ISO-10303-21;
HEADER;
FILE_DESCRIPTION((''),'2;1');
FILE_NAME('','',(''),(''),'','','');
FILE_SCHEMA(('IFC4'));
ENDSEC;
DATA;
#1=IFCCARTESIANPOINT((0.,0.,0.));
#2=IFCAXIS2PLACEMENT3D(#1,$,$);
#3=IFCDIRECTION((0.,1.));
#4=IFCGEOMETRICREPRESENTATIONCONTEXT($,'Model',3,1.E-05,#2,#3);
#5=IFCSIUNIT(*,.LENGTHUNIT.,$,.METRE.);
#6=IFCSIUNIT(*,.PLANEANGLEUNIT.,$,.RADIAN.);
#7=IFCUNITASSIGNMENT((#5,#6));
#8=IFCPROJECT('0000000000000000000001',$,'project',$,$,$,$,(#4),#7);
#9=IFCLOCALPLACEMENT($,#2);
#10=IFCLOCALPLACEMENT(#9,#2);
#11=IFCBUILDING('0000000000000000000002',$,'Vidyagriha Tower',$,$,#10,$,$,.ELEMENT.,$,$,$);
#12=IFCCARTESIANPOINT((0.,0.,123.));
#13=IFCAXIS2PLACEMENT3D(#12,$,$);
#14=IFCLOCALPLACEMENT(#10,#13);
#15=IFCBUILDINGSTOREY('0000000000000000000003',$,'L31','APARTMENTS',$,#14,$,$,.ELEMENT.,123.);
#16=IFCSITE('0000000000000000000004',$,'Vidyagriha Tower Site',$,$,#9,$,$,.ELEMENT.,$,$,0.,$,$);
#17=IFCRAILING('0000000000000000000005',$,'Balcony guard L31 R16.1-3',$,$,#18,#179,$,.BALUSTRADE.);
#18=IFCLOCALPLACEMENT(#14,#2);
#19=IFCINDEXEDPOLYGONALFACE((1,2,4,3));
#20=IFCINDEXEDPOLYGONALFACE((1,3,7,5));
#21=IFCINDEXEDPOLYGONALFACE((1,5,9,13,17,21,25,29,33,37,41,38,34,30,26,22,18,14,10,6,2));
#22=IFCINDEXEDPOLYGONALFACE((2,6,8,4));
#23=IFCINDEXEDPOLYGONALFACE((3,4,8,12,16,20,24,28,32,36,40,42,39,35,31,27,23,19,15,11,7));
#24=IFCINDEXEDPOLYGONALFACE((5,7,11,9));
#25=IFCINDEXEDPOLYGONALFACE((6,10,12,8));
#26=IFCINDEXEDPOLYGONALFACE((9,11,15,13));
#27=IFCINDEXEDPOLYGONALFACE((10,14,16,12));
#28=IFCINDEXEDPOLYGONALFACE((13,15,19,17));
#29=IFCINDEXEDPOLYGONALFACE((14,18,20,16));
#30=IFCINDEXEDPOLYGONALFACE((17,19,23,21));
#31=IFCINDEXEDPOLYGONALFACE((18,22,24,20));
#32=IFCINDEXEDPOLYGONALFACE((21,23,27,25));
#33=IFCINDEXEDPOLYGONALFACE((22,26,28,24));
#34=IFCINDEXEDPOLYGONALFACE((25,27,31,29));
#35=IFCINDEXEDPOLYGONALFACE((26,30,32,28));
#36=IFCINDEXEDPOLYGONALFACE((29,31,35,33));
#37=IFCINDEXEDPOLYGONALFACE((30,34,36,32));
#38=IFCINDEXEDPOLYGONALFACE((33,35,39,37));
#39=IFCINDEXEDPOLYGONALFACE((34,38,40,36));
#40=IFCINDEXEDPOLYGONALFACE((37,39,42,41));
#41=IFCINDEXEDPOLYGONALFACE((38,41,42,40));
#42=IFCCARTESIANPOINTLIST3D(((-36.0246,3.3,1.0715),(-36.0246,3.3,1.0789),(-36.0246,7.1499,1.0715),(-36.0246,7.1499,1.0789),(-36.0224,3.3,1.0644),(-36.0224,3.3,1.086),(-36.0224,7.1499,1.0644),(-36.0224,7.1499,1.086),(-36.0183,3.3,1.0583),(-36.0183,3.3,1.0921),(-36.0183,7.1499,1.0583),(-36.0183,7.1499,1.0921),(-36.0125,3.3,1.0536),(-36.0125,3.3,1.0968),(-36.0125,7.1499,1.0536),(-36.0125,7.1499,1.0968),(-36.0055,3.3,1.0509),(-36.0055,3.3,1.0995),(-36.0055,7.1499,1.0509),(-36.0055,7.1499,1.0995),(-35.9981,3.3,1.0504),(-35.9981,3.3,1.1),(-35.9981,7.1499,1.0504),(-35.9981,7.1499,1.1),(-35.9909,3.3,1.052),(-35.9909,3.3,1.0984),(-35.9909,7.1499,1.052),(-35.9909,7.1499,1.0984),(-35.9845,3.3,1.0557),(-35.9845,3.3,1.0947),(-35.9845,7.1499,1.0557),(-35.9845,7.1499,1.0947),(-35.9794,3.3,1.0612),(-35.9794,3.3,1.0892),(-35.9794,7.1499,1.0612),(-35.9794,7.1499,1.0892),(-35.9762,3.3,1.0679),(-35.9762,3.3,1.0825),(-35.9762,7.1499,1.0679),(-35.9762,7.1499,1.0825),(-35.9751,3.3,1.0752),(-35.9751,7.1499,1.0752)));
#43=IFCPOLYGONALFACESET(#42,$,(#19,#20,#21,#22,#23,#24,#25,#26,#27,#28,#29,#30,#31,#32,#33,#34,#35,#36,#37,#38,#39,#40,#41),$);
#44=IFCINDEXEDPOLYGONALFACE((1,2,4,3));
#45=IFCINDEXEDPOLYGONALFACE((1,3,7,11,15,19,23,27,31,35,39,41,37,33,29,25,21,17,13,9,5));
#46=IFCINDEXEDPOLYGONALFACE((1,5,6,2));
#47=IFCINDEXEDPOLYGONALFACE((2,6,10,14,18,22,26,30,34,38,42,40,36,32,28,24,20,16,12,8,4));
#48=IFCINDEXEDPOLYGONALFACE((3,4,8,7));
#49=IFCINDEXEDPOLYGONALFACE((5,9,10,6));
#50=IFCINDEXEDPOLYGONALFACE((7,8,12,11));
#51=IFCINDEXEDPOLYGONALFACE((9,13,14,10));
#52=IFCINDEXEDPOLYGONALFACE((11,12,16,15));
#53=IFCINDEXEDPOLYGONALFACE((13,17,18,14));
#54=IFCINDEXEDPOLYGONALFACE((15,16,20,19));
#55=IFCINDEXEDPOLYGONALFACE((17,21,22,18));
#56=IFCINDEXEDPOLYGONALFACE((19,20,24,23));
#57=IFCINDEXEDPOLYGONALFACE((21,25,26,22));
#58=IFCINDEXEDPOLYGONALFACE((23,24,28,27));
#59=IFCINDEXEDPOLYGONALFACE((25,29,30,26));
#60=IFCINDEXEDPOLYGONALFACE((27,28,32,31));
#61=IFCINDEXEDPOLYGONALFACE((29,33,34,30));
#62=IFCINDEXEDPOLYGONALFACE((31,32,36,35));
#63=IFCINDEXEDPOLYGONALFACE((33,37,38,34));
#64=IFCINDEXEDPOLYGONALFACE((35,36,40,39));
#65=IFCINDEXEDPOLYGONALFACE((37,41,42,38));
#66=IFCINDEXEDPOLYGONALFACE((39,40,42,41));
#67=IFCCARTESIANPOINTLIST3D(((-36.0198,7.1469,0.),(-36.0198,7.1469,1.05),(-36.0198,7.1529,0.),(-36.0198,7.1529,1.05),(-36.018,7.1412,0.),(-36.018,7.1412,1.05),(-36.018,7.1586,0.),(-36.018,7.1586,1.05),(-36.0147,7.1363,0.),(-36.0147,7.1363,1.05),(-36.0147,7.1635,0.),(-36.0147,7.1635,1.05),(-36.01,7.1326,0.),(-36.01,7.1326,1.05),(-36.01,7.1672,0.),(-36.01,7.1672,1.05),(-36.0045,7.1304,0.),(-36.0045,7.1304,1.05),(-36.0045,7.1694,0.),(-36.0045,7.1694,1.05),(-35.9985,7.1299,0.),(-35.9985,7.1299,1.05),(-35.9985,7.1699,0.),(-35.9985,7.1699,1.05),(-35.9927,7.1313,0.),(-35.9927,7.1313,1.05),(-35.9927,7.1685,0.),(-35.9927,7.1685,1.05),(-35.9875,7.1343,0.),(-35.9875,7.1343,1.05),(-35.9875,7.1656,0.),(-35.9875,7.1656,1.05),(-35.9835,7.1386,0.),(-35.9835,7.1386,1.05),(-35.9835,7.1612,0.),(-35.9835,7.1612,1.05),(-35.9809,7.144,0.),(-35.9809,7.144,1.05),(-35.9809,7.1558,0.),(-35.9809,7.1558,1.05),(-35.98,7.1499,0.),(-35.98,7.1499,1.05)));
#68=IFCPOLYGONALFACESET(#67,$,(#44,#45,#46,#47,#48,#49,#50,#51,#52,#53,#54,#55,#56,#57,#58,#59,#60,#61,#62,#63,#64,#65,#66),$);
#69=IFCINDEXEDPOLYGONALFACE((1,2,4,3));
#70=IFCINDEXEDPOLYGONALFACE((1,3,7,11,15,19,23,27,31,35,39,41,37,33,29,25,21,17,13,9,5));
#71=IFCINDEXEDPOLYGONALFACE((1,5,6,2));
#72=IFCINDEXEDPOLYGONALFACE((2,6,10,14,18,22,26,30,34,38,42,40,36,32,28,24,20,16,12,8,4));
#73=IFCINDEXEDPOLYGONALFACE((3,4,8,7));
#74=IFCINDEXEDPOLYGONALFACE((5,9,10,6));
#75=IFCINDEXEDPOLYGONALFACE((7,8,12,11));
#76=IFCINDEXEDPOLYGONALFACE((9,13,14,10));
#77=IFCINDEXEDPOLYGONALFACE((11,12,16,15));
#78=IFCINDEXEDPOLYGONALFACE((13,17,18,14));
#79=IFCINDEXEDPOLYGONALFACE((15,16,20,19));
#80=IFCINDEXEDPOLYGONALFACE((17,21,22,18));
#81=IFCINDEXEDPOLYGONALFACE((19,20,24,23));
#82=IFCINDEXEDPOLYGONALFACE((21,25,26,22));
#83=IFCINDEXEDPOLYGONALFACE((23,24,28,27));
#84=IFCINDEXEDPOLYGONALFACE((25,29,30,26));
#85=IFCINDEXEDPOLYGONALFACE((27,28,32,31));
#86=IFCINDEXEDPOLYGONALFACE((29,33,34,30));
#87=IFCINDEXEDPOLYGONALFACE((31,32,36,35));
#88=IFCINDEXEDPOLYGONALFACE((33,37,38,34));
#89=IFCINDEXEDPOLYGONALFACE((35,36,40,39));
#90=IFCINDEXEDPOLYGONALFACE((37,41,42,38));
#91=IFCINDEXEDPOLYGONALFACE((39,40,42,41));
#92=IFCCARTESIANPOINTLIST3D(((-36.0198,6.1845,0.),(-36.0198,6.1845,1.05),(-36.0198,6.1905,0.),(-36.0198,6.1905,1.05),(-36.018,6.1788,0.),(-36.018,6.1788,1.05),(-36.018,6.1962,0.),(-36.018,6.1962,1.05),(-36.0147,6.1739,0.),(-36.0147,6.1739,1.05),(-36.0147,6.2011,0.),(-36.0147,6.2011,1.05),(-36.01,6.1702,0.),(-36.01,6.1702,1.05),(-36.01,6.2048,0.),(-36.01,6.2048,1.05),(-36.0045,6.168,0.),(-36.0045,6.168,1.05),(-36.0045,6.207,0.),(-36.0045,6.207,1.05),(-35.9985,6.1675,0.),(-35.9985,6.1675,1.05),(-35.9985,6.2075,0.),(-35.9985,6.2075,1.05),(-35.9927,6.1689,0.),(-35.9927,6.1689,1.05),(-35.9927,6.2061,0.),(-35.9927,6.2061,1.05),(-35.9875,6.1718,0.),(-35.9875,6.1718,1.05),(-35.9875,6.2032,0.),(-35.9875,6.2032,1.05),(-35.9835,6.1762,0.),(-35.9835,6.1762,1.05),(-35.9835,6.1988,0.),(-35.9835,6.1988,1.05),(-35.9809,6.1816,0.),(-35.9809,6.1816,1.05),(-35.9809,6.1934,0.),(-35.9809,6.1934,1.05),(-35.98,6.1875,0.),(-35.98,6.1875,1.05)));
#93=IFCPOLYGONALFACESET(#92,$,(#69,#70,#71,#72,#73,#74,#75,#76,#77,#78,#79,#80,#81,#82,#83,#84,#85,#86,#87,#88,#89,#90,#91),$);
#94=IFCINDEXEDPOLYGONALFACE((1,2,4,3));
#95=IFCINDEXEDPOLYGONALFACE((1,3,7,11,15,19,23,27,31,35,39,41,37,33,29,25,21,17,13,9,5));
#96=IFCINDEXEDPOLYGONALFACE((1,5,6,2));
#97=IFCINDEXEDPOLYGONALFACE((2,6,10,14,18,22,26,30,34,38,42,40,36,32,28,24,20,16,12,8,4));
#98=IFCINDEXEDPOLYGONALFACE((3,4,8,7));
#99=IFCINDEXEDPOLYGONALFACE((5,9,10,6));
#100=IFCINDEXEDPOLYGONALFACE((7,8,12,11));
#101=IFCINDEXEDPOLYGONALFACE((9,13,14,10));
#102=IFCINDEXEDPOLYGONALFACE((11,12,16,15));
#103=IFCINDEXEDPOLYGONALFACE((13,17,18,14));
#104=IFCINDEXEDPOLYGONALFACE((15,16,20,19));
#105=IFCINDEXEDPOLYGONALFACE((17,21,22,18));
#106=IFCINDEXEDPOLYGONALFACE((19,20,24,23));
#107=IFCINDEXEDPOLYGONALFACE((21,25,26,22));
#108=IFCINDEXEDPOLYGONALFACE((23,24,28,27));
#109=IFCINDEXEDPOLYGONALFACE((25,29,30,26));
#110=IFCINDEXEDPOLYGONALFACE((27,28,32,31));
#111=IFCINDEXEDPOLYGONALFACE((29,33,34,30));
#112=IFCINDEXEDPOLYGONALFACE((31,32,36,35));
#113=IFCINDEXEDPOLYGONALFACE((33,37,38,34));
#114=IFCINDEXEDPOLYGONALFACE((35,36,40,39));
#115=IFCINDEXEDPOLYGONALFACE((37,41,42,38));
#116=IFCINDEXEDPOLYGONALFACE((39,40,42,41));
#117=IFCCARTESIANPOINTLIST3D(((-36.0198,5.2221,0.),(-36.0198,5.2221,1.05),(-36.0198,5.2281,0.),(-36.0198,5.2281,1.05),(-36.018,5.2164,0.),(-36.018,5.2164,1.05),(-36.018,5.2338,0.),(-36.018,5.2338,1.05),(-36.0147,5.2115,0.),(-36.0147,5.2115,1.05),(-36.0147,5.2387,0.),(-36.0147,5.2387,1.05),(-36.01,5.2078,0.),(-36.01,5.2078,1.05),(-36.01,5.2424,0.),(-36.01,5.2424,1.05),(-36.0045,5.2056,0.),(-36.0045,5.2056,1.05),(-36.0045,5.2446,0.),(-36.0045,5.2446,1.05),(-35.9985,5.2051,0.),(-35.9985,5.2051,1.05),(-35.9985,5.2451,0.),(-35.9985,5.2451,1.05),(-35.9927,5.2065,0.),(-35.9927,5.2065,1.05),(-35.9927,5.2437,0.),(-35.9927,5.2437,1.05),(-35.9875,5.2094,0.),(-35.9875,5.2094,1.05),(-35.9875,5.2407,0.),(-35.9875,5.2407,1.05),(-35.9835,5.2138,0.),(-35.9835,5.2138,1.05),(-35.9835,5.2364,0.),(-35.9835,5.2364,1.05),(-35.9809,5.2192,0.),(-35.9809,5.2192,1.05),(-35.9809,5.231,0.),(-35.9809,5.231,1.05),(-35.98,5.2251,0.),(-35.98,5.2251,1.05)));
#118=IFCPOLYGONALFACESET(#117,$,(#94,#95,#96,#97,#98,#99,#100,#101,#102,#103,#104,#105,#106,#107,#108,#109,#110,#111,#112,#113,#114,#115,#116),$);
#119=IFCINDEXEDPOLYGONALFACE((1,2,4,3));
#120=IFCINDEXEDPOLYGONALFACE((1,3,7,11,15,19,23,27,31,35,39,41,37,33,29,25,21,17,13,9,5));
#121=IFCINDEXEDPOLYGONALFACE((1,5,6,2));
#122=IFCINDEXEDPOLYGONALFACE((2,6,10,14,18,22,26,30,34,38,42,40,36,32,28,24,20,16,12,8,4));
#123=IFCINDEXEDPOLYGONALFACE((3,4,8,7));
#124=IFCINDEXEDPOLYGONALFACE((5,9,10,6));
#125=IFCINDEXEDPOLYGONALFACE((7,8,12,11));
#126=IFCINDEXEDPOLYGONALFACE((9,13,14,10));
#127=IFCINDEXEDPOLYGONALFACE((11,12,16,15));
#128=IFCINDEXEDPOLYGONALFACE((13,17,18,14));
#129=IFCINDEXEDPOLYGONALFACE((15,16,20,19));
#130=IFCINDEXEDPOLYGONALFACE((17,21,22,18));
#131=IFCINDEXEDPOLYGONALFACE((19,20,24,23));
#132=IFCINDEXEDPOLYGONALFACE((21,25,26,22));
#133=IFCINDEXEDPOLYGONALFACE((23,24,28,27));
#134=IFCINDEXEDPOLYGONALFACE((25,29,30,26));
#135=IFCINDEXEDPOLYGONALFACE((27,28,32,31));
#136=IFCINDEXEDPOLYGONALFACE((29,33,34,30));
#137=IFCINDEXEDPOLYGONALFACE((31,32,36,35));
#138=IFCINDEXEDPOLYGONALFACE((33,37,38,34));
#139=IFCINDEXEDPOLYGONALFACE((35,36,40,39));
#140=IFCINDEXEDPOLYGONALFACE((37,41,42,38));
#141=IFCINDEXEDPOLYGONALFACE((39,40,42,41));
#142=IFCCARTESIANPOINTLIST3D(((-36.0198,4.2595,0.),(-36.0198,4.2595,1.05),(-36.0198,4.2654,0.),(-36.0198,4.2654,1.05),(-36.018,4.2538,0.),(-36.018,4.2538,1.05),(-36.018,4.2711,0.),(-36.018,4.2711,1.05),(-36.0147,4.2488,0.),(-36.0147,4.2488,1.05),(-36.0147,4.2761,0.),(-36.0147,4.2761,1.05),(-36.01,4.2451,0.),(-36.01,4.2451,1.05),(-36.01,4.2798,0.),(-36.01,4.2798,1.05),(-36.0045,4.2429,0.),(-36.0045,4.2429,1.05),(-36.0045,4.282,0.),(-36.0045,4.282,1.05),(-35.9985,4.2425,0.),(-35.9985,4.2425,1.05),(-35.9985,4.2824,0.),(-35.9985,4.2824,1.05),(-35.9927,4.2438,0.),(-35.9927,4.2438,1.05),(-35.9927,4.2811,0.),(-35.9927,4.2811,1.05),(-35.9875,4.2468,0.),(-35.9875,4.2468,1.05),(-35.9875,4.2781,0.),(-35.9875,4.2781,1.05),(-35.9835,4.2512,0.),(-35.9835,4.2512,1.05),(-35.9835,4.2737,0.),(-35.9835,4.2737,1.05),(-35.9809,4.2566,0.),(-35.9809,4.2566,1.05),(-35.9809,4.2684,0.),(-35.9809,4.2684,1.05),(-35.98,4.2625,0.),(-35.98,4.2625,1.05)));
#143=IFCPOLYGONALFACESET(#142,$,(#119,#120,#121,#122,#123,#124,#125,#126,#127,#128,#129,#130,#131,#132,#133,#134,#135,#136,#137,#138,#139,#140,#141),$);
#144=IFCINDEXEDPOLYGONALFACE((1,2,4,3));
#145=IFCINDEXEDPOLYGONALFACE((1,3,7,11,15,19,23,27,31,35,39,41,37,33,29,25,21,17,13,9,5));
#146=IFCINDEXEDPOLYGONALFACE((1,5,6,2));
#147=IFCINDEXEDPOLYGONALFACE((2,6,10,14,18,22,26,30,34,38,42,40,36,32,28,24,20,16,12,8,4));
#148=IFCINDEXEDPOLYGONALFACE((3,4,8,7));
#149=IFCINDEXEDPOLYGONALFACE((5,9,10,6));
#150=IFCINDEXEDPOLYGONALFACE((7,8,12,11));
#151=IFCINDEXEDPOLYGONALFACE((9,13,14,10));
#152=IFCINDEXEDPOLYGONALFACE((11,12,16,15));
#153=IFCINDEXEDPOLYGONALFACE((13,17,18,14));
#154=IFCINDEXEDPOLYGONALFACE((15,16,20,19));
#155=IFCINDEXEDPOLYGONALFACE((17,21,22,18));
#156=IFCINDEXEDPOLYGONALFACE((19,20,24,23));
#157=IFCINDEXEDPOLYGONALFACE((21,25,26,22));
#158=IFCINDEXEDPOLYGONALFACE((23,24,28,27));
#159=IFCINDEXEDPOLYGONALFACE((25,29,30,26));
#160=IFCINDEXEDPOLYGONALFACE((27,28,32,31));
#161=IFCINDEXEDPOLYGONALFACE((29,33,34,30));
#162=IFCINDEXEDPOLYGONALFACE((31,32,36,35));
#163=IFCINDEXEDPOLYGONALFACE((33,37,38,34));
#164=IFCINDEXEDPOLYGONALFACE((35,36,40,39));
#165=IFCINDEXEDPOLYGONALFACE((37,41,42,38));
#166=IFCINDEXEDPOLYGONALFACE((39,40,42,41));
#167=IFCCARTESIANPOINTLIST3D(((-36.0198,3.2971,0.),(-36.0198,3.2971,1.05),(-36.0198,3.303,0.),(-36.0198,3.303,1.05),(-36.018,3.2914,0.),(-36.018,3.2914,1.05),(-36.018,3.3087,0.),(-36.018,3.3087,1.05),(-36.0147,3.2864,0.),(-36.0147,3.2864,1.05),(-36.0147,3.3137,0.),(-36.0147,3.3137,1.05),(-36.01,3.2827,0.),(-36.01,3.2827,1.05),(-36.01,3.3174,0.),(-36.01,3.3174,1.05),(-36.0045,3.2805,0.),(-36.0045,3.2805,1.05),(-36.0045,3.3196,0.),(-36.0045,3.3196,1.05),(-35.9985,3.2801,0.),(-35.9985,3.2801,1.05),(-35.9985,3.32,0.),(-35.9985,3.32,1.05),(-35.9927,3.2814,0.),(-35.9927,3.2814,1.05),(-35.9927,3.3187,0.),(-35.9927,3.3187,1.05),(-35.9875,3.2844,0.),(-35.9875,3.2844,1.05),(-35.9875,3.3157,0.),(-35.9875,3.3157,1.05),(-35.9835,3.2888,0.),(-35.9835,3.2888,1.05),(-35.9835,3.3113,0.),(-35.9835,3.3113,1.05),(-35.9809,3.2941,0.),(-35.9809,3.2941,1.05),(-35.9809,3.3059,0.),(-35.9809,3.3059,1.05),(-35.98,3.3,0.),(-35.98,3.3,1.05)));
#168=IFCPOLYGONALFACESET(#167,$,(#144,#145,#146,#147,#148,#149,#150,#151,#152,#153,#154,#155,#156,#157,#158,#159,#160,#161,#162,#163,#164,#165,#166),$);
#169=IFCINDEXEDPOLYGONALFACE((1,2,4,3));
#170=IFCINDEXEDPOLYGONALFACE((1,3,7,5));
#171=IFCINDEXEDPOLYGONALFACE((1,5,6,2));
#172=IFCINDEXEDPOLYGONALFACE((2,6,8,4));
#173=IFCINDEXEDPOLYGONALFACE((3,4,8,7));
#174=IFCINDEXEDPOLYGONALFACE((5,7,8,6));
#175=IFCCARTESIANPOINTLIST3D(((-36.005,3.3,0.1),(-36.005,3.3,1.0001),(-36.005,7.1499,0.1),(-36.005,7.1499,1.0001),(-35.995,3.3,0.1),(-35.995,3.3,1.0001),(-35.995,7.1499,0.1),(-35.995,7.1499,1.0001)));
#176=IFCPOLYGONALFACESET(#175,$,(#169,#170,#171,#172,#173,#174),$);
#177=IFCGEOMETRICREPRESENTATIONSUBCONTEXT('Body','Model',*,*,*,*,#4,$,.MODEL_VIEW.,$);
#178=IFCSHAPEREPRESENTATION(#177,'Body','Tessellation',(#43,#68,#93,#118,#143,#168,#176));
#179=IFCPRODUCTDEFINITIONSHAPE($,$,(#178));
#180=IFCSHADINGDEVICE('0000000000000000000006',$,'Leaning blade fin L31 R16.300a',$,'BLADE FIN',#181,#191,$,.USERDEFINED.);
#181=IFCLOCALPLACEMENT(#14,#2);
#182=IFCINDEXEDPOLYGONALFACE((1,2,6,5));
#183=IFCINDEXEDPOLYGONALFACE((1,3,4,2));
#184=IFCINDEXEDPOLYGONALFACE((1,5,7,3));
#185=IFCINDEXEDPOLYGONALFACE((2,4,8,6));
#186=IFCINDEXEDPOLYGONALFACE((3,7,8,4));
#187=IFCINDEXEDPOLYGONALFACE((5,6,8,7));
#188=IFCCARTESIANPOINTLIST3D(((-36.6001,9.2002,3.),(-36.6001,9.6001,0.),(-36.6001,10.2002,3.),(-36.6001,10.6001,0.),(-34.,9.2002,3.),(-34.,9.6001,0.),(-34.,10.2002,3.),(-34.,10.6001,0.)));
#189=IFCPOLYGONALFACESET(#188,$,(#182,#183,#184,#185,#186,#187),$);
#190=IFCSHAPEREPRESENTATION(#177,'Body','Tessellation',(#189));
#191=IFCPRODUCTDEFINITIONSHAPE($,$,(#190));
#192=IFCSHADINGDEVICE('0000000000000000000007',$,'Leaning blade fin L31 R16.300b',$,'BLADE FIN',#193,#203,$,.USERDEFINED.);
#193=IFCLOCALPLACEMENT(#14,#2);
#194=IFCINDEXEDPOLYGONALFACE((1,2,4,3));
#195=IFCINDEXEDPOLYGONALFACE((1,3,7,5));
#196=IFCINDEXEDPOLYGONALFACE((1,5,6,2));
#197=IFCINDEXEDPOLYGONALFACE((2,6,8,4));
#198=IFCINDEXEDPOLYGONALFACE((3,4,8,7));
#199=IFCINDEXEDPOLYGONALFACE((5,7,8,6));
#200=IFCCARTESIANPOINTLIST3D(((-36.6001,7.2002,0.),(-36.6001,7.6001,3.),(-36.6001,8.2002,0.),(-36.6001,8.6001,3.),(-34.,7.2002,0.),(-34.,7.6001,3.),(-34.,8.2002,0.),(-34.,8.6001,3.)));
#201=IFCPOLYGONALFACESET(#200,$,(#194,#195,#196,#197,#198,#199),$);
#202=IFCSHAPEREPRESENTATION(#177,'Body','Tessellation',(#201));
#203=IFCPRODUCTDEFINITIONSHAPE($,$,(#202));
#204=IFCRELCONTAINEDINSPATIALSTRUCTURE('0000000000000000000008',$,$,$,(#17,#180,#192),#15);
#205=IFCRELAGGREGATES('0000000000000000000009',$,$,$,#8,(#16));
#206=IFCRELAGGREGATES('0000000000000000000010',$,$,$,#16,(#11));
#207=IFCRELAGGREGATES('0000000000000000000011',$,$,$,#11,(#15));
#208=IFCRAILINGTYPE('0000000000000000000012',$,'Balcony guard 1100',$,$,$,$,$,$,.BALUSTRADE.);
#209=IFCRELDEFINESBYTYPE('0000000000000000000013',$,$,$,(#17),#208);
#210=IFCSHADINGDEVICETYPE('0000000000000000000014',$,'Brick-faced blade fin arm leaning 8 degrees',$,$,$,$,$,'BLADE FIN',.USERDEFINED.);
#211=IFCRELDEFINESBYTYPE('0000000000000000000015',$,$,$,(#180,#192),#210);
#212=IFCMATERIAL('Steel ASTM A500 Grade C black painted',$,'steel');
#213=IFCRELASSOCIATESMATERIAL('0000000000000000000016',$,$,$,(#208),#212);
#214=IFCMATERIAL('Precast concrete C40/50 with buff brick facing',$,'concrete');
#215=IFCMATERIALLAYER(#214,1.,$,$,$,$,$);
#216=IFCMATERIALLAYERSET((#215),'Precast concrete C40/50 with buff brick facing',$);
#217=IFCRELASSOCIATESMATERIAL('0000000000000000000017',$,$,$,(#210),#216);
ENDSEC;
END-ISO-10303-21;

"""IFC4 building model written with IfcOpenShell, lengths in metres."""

from ifc_helpers import new_model, si_unit, direction, frame, origin, origin_2d, place, context, subcontext, project, spatial, polyline, rectangle, circle, outline, extrude, material, layer, layer_set, type_object, element, save


model = new_model("IFC4")

# Units and contexts
model_context = context("Model", 3, precision=1e-05, world=origin(), true_north=direction((0.0, 1.0)))
body_context = subcontext(model_context, "Body", "Model", "MODEL_VIEW")
ifc_project = project(units=[si_unit("LENGTHUNIT", "METRE"), si_unit("PLANEANGLEUNIT", "RADIAN")], contexts=[model_context])

# Site, building, storey
site_placement = place(None, origin())
site = spatial("IfcSite", under=ifc_project, at=site_placement, Name="Vidyagriha Tower Site", CompositionType="ELEMENT", RefElevation=0.0)
building_placement = place(site_placement, origin())
building = spatial("IfcBuilding", under=site, at=building_placement, Name="Vidyagriha Tower", CompositionType="ELEMENT")
storey_placement = place(building_placement, frame((0.0, 0.0, 123.0)))
storey = spatial("IfcBuildingStorey", under=building, at=storey_placement, Name="L31", Description="APARTMENTS", CompositionType="ELEMENT", Elevation=123.0)

# Railing
ifc_material_1 = material(Name="Steel ASTM A500 Grade C black painted", Category="steel")
railing_type = type_object("IfcRailingType", Name="Balcony guard 1100", PredefinedType="BALUSTRADE", material=ifc_material_1)
railing_1_placement = place(storey_placement, frame((-36.0, 7.1499, 0.0)))
element("IfcRailing", 1, at=railing_1_placement, inside=storey, type_object=railing_type, Name="Balcony guard L31 R16.1-3", PredefinedType="BALUSTRADE", context=body_context, shape_type="SweptSolid", body=[
    extrude(circle(Radius=0.0249, at=origin_2d()), frame((0.0, 0.0, 1.0752), z_axis=(0.0, -1.0, 0.0), x_axis=(1.0, 0.0, 0.0)), (0.0, 0.0, 1.0), 3.8499),
    extrude(circle(Radius=0.02, at=origin_2d()), origin(), (0.0, 0.0, 1.0), 1.05),
    extrude(circle(Radius=0.02, at=origin_2d()), frame((0.0, -0.9624, 0.0)), (0.0, 0.0, 1.0), 1.05),
    extrude(circle(Radius=0.02, at=origin_2d()), frame((0.0, -1.9248, 0.0)), (0.0, 0.0, 1.0), 1.05),
    extrude(circle(Radius=0.02, at=origin_2d()), frame((0.0, -2.8875, 0.0)), (0.0, 0.0, 1.0), 1.05),
    extrude(circle(Radius=0.02, at=origin_2d()), frame((0.0, -3.8499, 0.0)), (0.0, 0.0, 1.0), 1.05),
    extrude(rectangle(XDim=0.01, YDim=0.9001, at=origin_2d()), frame((0.0, 0.0, 0.55), z_axis=(0.0, -1.0, 0.0), x_axis=(1.0, 0.0, 0.0)), (0.0, 0.0, 1.0), 3.8499),
])

# Shading devices
ifc_material_2 = material(Name="Precast concrete C40/50 with buff brick facing", Category="concrete")
ifc_layer_1 = layer(ifc_material_2, 1.0)
ifc_layer_set_1 = layer_set([ifc_layer_1], Name="Precast concrete C40/50 with buff brick facing")
shading_device_type_1 = type_object("IfcShadingDeviceType", Name="Brick-faced blade fin arm leaning 8 degrees", ElementType="BLADE FIN", PredefinedType="USERDEFINED", material=ifc_layer_set_1)
shading_device_1_placement = place(storey_placement, frame((-35.3, 10.6001, 0.0), z_axis=(0.0, 0.0, 1.0), x_axis=(0.0, -1.0, 0.0)))
element("IfcShadingDevice", 2, at=shading_device_1_placement, inside=storey, type_object=shading_device_type_1, Name="Leaning blade fin L31 R16.300a", ObjectType="BLADE FIN", PredefinedType="USERDEFINED", context=body_context, shape_type="SweptSolid", body=[
    extrude(outline(polyline([(0.0, 0.0), (1.0, 0.0), (1.3999, 3.0), (0.3999, 3.0), (0.0, 0.0)])), frame((0.0, 1.3, 0.0), z_axis=(0.0, -1.0, 0.0), x_axis=(1.0, 0.0, 0.0)), (0.0, 0.0, 1.0), 2.6001),
])
shading_device_2_placement = place(storey_placement, frame((-35.3, 8.6001, 0.0), z_axis=(0.0, 0.0, 1.0), x_axis=(0.0, -1.0, 0.0)))
element("IfcShadingDevice", 3, at=shading_device_2_placement, inside=storey, type_object=shading_device_type_1, Name="Leaning blade fin L31 R16.300b", ObjectType="BLADE FIN", PredefinedType="USERDEFINED", context=body_context, shape_type="SweptSolid", body=[
    extrude(outline(polyline([(0.3999, 0.0), (1.3999, 0.0), (1.0, 3.0), (0.0, 3.0), (0.3999, 0.0)])), frame((0.0, 1.3, 0.0), z_axis=(0.0, -1.0, 0.0), x_axis=(1.0, 0.0, 0.0)), (0.0, 0.0, 1.0), 2.6001),
])

save(model, "model.ifc")
